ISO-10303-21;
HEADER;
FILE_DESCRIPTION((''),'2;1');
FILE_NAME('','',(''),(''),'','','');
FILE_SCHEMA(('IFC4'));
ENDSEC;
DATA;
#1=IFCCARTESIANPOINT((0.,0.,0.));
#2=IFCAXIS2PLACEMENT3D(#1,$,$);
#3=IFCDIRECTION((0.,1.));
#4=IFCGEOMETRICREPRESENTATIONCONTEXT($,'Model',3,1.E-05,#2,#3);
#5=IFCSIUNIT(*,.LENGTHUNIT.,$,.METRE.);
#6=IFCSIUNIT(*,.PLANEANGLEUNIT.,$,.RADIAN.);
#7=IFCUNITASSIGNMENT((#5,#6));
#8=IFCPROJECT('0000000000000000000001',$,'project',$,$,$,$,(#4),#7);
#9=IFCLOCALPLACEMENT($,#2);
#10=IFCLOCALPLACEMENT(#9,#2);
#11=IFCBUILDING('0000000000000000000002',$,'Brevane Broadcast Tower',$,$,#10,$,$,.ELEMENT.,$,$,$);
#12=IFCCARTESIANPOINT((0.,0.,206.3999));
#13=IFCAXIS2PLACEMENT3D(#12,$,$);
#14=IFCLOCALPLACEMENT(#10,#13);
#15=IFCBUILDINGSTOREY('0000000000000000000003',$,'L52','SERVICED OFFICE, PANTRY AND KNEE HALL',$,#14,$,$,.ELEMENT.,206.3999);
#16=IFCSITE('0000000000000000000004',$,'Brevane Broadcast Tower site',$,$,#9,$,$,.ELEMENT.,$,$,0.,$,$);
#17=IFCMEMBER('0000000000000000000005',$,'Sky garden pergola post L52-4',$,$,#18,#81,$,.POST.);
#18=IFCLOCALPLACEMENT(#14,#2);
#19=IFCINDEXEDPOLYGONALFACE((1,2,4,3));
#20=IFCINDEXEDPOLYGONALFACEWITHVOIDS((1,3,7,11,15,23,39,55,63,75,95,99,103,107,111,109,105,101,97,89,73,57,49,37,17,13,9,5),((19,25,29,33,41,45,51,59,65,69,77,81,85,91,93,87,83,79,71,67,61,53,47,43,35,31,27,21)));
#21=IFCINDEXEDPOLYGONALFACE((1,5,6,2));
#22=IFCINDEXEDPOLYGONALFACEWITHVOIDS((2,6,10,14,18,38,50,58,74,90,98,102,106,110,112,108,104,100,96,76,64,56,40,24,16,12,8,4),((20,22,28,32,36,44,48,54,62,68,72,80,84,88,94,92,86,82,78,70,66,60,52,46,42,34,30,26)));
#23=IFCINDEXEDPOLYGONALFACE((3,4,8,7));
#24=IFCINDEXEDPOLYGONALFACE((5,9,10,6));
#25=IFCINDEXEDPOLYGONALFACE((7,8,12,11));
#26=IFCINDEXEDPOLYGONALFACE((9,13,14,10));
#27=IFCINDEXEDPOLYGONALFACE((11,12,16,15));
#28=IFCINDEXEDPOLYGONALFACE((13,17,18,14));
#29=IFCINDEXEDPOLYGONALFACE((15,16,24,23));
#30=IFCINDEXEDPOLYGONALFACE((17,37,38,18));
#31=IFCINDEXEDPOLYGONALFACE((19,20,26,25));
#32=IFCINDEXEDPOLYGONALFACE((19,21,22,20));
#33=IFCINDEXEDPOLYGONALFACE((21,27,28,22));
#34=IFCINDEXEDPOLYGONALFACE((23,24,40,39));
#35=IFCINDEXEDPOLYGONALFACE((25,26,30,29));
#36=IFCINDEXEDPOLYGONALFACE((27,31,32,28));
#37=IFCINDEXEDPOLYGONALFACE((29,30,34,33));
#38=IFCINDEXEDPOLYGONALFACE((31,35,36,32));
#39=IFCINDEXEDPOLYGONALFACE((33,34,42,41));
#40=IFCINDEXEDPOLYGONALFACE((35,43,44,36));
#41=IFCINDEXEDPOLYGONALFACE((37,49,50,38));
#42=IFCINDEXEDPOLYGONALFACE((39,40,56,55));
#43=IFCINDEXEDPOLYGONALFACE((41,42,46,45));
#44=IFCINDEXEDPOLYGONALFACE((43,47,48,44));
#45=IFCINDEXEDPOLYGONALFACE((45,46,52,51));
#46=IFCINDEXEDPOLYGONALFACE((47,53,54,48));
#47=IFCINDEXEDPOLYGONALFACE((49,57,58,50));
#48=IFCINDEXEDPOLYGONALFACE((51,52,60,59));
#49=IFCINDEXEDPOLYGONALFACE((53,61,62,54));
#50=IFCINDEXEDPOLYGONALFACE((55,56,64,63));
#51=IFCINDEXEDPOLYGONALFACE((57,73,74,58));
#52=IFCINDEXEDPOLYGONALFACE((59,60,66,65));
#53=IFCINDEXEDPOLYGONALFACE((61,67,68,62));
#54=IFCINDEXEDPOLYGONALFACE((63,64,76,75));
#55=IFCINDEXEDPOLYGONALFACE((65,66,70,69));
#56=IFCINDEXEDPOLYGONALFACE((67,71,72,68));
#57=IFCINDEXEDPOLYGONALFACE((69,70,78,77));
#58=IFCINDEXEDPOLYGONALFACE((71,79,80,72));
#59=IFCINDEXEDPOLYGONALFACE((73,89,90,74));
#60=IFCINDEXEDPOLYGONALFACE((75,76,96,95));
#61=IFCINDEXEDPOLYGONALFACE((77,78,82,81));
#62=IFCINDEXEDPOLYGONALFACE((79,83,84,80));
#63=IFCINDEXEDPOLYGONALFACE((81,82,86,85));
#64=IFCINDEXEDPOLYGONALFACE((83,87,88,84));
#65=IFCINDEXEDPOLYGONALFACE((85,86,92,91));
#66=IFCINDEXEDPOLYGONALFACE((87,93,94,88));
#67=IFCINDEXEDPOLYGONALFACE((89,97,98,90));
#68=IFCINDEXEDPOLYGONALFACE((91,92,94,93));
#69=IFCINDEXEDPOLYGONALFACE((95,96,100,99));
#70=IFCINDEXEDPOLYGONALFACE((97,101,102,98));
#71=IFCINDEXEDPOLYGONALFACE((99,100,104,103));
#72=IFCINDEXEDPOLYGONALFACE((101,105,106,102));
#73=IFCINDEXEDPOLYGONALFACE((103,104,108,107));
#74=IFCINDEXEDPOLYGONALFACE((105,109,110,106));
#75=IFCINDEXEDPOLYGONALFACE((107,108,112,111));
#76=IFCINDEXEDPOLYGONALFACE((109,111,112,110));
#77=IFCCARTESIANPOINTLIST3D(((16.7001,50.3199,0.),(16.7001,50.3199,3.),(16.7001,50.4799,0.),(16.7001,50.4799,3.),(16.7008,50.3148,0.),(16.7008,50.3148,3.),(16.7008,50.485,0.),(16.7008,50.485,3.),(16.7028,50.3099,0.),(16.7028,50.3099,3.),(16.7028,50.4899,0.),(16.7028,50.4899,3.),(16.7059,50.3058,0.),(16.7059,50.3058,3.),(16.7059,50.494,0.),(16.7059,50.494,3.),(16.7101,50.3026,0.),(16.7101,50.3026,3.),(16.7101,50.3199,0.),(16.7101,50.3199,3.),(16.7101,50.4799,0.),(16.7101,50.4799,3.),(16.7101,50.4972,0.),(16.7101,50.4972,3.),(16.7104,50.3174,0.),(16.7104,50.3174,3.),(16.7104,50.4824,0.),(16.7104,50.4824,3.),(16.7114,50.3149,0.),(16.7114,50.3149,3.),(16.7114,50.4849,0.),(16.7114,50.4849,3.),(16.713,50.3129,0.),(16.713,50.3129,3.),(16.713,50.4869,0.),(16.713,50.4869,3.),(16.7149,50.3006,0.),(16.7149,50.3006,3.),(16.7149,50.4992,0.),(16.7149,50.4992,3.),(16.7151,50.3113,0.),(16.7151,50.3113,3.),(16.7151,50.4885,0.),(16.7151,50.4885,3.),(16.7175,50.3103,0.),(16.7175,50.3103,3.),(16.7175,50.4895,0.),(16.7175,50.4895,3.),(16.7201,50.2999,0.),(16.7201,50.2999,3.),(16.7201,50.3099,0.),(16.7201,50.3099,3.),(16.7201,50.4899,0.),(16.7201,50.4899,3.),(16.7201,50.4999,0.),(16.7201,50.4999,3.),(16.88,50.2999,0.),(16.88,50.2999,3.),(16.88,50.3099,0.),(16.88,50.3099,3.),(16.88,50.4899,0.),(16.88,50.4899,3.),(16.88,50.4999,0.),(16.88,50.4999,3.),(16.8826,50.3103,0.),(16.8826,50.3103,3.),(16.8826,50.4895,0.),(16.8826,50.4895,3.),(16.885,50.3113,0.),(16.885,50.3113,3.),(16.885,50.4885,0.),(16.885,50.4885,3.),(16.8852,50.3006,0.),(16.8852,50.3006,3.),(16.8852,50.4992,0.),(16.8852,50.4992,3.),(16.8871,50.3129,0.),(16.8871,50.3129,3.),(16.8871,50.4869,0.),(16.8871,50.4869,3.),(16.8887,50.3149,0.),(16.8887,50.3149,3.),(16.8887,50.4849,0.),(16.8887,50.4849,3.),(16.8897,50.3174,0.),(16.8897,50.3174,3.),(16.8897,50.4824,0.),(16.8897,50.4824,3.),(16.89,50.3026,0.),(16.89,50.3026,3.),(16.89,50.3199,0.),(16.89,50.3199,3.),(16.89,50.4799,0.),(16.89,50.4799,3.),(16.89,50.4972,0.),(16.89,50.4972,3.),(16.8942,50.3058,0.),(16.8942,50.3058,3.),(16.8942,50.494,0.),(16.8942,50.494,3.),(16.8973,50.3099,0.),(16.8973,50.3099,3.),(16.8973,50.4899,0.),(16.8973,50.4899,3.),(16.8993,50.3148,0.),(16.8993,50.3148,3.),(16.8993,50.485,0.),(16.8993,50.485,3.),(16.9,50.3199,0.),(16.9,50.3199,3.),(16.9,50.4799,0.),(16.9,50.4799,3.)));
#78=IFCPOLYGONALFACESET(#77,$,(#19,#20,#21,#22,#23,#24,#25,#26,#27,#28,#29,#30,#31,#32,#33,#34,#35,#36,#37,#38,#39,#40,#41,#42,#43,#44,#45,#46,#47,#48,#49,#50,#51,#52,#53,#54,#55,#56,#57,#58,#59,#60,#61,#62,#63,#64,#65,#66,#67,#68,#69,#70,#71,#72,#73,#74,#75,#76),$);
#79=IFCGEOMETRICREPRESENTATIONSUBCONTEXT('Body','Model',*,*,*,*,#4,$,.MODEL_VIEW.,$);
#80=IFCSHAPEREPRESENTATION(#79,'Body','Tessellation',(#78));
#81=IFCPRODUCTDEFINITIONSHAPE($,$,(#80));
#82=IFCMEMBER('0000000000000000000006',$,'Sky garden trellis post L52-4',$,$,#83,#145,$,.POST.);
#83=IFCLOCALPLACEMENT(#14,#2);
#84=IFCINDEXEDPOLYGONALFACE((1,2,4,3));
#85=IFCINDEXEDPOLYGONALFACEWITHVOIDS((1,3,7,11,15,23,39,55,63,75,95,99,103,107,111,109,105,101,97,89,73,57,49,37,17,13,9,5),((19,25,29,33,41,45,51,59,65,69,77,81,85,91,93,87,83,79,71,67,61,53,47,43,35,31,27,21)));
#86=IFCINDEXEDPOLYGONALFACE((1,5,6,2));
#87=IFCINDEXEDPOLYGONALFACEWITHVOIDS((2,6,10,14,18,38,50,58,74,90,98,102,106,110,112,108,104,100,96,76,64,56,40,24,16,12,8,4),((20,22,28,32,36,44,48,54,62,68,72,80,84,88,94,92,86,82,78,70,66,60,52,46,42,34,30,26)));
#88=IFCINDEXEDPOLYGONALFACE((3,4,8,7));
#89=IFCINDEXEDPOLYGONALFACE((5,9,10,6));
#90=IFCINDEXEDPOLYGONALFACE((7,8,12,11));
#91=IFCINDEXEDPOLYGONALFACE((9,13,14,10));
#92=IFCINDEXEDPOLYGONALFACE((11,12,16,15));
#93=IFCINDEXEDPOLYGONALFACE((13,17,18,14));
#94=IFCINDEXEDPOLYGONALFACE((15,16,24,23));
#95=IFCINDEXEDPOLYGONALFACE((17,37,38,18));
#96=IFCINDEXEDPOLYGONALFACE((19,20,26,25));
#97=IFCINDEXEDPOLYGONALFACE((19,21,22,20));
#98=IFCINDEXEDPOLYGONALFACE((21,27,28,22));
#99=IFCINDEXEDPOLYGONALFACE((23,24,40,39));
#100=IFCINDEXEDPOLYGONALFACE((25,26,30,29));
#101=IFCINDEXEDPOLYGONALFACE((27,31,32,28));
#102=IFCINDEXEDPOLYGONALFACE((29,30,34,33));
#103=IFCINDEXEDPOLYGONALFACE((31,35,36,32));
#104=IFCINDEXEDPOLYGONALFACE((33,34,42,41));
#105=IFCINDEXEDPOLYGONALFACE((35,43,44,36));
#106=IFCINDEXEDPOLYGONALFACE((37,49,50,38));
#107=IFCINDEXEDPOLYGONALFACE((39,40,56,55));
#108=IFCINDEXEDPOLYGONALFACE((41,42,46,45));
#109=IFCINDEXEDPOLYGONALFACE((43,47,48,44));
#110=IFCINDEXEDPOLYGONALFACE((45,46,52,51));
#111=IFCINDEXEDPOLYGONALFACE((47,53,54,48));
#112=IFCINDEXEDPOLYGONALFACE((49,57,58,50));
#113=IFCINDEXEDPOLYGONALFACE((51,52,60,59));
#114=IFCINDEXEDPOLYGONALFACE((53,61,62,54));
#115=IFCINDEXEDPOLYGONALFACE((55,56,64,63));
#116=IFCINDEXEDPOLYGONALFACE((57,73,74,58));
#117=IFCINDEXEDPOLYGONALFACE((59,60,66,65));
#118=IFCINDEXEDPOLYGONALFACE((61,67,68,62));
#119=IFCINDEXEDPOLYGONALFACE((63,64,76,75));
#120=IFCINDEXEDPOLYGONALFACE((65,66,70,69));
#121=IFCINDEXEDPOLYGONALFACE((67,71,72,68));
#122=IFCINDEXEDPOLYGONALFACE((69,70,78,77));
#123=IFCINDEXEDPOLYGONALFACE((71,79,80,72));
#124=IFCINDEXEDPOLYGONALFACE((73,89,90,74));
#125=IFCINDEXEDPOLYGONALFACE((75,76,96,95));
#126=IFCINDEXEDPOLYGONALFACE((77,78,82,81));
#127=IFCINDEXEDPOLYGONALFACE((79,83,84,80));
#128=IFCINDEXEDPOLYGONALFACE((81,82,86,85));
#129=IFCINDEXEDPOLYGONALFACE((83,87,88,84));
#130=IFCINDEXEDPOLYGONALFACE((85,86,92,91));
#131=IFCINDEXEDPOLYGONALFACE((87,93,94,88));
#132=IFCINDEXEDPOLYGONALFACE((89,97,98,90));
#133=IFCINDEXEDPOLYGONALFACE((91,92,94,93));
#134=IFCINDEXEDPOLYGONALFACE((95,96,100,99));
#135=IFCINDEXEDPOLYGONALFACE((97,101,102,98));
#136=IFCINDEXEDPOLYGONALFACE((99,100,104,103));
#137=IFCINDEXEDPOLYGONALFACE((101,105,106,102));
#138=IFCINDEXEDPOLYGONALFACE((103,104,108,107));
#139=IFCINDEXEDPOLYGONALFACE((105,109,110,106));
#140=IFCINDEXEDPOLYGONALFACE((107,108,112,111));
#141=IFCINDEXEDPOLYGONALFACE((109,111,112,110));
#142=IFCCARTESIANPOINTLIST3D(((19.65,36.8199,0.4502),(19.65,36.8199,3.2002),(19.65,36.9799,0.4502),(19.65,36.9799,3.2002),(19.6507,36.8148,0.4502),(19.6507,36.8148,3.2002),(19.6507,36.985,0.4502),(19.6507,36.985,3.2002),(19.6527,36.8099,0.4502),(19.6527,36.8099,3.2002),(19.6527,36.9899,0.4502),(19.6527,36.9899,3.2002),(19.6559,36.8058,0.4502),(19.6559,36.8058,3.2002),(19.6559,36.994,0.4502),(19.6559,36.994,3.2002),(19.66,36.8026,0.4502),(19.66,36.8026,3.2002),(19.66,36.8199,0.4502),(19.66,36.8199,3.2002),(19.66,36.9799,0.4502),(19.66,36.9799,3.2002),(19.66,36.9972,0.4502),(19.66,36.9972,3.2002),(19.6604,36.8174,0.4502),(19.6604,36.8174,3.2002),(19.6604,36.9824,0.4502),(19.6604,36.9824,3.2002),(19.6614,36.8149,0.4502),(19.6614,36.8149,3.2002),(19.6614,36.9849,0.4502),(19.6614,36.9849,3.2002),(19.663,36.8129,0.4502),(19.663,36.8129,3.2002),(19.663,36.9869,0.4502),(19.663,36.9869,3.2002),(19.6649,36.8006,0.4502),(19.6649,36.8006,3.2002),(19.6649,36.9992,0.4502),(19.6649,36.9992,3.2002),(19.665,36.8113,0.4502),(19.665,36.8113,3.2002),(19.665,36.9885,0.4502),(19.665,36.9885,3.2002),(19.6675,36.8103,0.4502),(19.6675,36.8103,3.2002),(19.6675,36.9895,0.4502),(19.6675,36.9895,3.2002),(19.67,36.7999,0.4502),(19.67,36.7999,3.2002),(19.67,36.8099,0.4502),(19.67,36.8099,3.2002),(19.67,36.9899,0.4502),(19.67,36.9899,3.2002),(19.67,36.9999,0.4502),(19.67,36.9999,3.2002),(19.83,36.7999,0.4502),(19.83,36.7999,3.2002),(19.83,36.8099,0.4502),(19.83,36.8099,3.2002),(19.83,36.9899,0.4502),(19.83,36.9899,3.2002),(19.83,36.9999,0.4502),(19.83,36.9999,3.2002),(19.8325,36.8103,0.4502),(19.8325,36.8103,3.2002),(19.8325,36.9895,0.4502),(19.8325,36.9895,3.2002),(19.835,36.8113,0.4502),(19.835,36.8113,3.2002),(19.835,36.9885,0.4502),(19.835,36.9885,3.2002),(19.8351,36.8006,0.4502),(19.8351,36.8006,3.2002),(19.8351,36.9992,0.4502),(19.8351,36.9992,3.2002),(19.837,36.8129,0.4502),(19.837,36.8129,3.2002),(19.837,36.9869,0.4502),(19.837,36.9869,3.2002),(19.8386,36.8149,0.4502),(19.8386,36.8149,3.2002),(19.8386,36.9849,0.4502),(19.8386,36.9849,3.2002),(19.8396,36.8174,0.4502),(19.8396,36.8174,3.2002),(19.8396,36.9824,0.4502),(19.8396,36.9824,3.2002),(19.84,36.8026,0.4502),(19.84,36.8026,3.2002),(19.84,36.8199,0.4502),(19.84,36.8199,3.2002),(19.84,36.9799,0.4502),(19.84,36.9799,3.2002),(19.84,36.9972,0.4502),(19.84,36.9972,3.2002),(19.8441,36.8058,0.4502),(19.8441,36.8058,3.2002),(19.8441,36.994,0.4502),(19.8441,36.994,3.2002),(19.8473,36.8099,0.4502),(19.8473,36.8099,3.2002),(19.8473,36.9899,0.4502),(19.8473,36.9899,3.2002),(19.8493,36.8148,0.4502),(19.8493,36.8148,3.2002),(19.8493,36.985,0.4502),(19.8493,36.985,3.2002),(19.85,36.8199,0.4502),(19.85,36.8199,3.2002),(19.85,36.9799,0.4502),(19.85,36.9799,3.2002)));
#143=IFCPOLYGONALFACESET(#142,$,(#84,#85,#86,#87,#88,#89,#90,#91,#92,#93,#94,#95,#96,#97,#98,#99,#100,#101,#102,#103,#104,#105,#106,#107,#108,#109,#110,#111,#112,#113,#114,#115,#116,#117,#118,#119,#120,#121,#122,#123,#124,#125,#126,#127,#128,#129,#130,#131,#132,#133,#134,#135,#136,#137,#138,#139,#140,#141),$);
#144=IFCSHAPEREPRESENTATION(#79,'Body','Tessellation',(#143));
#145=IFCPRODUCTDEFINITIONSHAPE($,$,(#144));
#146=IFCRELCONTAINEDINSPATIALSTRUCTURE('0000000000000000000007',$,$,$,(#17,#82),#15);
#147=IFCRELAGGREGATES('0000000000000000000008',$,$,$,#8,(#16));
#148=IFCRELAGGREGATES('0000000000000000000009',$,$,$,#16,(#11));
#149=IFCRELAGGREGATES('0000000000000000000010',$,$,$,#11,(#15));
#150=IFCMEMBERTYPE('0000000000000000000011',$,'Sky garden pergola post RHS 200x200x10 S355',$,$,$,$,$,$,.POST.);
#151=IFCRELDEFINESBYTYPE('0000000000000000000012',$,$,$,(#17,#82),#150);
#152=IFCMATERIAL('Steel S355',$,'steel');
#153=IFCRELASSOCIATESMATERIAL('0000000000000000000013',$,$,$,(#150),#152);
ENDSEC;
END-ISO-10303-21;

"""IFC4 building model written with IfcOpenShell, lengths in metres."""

from ifc_helpers import new_model, si_unit, direction, frame, origin, origin_2d, place, context, subcontext, project, spatial, hollow_rectangle, extrude, material, material_profile, profile_set, type_object, element, save


model = new_model("IFC4")

# Units and contexts
model_context = context("Model", 3, precision=1e-05, world=origin(), true_north=direction((0.0, 1.0)))
body_context = subcontext(model_context, "Body", "Model", "MODEL_VIEW")
ifc_project = project(units=[si_unit("LENGTHUNIT", "METRE"), si_unit("PLANEANGLEUNIT", "RADIAN")], contexts=[model_context])

# Site, building, storey
site_placement = place(None, origin())
site = spatial("IfcSite", under=ifc_project, at=site_placement, Name="Brevane Broadcast Tower site", CompositionType="ELEMENT", RefElevation=0.0)
building_placement = place(site_placement, origin())
building = spatial("IfcBuilding", under=site, at=building_placement, Name="Brevane Broadcast Tower", CompositionType="ELEMENT")
storey_placement = place(building_placement, frame((0.0, 0.0, 206.3999)))
storey = spatial("IfcBuildingStorey", under=building, at=storey_placement, Name="L52", Description="SERVICED OFFICE, PANTRY AND KNEE HALL", CompositionType="ELEMENT", Elevation=206.3999)

# Members
ifc_material_1 = material(Name="Steel S355", Category="steel")
ifc_material_profile_1 = material_profile(ifc_material_1, hollow_rectangle(XDim=0.2, YDim=0.2, WallThickness=0.01, InnerFilletRadius=0.01, OuterFilletRadius=0.02, at=origin_2d()), Name="RHS 200x200x10")
ifc_profile_set_1 = profile_set([ifc_material_profile_1], Name="Steel S355")
member_type_1 = type_object("IfcMemberType", Name="Sky garden pergola post RHS 200x200x10 S355", PredefinedType="POST", material=ifc_profile_set_1)
for number, where, z_axis, x_axis, name in (
    (1, (16.8, 50.3999, 0.0), (0.0, 0.0, 1.0), (1.0, 0.0, 0.0), "Sky garden pergola post L52-4"),
):
    element("IfcMember", number, at=place(storey_placement, frame(where, z_axis=z_axis, x_axis=x_axis)), inside=storey, type_object=member_type_1, Name=name, PredefinedType="POST", context=body_context, shape_type="SweptSolid", body=[
        extrude(hollow_rectangle(XDim=0.2, YDim=0.2, WallThickness=0.01, InnerFilletRadius=0.01, OuterFilletRadius=0.02, at=origin_2d()), origin(), (0.0, 0.0, 1.0), 3.0),
    ])
for number, where, z_axis, x_axis, name in (
    (2, (19.75, 36.8999, 0.4502), (0.0, 0.0, 1.0), (1.0, 0.0, 0.0), "Sky garden trellis post L52-4"),
):
    element("IfcMember", number, at=place(storey_placement, frame(where, z_axis=z_axis, x_axis=x_axis)), inside=storey, type_object=member_type_1, Name=name, PredefinedType="POST", context=body_context, shape_type="SweptSolid", body=[
        extrude(hollow_rectangle(XDim=0.2, YDim=0.2, WallThickness=0.01, InnerFilletRadius=0.01, OuterFilletRadius=0.02, at=origin_2d()), origin(), (0.0, 0.0, 1.0), 2.75),
    ])

save(model, "model.ifc")
